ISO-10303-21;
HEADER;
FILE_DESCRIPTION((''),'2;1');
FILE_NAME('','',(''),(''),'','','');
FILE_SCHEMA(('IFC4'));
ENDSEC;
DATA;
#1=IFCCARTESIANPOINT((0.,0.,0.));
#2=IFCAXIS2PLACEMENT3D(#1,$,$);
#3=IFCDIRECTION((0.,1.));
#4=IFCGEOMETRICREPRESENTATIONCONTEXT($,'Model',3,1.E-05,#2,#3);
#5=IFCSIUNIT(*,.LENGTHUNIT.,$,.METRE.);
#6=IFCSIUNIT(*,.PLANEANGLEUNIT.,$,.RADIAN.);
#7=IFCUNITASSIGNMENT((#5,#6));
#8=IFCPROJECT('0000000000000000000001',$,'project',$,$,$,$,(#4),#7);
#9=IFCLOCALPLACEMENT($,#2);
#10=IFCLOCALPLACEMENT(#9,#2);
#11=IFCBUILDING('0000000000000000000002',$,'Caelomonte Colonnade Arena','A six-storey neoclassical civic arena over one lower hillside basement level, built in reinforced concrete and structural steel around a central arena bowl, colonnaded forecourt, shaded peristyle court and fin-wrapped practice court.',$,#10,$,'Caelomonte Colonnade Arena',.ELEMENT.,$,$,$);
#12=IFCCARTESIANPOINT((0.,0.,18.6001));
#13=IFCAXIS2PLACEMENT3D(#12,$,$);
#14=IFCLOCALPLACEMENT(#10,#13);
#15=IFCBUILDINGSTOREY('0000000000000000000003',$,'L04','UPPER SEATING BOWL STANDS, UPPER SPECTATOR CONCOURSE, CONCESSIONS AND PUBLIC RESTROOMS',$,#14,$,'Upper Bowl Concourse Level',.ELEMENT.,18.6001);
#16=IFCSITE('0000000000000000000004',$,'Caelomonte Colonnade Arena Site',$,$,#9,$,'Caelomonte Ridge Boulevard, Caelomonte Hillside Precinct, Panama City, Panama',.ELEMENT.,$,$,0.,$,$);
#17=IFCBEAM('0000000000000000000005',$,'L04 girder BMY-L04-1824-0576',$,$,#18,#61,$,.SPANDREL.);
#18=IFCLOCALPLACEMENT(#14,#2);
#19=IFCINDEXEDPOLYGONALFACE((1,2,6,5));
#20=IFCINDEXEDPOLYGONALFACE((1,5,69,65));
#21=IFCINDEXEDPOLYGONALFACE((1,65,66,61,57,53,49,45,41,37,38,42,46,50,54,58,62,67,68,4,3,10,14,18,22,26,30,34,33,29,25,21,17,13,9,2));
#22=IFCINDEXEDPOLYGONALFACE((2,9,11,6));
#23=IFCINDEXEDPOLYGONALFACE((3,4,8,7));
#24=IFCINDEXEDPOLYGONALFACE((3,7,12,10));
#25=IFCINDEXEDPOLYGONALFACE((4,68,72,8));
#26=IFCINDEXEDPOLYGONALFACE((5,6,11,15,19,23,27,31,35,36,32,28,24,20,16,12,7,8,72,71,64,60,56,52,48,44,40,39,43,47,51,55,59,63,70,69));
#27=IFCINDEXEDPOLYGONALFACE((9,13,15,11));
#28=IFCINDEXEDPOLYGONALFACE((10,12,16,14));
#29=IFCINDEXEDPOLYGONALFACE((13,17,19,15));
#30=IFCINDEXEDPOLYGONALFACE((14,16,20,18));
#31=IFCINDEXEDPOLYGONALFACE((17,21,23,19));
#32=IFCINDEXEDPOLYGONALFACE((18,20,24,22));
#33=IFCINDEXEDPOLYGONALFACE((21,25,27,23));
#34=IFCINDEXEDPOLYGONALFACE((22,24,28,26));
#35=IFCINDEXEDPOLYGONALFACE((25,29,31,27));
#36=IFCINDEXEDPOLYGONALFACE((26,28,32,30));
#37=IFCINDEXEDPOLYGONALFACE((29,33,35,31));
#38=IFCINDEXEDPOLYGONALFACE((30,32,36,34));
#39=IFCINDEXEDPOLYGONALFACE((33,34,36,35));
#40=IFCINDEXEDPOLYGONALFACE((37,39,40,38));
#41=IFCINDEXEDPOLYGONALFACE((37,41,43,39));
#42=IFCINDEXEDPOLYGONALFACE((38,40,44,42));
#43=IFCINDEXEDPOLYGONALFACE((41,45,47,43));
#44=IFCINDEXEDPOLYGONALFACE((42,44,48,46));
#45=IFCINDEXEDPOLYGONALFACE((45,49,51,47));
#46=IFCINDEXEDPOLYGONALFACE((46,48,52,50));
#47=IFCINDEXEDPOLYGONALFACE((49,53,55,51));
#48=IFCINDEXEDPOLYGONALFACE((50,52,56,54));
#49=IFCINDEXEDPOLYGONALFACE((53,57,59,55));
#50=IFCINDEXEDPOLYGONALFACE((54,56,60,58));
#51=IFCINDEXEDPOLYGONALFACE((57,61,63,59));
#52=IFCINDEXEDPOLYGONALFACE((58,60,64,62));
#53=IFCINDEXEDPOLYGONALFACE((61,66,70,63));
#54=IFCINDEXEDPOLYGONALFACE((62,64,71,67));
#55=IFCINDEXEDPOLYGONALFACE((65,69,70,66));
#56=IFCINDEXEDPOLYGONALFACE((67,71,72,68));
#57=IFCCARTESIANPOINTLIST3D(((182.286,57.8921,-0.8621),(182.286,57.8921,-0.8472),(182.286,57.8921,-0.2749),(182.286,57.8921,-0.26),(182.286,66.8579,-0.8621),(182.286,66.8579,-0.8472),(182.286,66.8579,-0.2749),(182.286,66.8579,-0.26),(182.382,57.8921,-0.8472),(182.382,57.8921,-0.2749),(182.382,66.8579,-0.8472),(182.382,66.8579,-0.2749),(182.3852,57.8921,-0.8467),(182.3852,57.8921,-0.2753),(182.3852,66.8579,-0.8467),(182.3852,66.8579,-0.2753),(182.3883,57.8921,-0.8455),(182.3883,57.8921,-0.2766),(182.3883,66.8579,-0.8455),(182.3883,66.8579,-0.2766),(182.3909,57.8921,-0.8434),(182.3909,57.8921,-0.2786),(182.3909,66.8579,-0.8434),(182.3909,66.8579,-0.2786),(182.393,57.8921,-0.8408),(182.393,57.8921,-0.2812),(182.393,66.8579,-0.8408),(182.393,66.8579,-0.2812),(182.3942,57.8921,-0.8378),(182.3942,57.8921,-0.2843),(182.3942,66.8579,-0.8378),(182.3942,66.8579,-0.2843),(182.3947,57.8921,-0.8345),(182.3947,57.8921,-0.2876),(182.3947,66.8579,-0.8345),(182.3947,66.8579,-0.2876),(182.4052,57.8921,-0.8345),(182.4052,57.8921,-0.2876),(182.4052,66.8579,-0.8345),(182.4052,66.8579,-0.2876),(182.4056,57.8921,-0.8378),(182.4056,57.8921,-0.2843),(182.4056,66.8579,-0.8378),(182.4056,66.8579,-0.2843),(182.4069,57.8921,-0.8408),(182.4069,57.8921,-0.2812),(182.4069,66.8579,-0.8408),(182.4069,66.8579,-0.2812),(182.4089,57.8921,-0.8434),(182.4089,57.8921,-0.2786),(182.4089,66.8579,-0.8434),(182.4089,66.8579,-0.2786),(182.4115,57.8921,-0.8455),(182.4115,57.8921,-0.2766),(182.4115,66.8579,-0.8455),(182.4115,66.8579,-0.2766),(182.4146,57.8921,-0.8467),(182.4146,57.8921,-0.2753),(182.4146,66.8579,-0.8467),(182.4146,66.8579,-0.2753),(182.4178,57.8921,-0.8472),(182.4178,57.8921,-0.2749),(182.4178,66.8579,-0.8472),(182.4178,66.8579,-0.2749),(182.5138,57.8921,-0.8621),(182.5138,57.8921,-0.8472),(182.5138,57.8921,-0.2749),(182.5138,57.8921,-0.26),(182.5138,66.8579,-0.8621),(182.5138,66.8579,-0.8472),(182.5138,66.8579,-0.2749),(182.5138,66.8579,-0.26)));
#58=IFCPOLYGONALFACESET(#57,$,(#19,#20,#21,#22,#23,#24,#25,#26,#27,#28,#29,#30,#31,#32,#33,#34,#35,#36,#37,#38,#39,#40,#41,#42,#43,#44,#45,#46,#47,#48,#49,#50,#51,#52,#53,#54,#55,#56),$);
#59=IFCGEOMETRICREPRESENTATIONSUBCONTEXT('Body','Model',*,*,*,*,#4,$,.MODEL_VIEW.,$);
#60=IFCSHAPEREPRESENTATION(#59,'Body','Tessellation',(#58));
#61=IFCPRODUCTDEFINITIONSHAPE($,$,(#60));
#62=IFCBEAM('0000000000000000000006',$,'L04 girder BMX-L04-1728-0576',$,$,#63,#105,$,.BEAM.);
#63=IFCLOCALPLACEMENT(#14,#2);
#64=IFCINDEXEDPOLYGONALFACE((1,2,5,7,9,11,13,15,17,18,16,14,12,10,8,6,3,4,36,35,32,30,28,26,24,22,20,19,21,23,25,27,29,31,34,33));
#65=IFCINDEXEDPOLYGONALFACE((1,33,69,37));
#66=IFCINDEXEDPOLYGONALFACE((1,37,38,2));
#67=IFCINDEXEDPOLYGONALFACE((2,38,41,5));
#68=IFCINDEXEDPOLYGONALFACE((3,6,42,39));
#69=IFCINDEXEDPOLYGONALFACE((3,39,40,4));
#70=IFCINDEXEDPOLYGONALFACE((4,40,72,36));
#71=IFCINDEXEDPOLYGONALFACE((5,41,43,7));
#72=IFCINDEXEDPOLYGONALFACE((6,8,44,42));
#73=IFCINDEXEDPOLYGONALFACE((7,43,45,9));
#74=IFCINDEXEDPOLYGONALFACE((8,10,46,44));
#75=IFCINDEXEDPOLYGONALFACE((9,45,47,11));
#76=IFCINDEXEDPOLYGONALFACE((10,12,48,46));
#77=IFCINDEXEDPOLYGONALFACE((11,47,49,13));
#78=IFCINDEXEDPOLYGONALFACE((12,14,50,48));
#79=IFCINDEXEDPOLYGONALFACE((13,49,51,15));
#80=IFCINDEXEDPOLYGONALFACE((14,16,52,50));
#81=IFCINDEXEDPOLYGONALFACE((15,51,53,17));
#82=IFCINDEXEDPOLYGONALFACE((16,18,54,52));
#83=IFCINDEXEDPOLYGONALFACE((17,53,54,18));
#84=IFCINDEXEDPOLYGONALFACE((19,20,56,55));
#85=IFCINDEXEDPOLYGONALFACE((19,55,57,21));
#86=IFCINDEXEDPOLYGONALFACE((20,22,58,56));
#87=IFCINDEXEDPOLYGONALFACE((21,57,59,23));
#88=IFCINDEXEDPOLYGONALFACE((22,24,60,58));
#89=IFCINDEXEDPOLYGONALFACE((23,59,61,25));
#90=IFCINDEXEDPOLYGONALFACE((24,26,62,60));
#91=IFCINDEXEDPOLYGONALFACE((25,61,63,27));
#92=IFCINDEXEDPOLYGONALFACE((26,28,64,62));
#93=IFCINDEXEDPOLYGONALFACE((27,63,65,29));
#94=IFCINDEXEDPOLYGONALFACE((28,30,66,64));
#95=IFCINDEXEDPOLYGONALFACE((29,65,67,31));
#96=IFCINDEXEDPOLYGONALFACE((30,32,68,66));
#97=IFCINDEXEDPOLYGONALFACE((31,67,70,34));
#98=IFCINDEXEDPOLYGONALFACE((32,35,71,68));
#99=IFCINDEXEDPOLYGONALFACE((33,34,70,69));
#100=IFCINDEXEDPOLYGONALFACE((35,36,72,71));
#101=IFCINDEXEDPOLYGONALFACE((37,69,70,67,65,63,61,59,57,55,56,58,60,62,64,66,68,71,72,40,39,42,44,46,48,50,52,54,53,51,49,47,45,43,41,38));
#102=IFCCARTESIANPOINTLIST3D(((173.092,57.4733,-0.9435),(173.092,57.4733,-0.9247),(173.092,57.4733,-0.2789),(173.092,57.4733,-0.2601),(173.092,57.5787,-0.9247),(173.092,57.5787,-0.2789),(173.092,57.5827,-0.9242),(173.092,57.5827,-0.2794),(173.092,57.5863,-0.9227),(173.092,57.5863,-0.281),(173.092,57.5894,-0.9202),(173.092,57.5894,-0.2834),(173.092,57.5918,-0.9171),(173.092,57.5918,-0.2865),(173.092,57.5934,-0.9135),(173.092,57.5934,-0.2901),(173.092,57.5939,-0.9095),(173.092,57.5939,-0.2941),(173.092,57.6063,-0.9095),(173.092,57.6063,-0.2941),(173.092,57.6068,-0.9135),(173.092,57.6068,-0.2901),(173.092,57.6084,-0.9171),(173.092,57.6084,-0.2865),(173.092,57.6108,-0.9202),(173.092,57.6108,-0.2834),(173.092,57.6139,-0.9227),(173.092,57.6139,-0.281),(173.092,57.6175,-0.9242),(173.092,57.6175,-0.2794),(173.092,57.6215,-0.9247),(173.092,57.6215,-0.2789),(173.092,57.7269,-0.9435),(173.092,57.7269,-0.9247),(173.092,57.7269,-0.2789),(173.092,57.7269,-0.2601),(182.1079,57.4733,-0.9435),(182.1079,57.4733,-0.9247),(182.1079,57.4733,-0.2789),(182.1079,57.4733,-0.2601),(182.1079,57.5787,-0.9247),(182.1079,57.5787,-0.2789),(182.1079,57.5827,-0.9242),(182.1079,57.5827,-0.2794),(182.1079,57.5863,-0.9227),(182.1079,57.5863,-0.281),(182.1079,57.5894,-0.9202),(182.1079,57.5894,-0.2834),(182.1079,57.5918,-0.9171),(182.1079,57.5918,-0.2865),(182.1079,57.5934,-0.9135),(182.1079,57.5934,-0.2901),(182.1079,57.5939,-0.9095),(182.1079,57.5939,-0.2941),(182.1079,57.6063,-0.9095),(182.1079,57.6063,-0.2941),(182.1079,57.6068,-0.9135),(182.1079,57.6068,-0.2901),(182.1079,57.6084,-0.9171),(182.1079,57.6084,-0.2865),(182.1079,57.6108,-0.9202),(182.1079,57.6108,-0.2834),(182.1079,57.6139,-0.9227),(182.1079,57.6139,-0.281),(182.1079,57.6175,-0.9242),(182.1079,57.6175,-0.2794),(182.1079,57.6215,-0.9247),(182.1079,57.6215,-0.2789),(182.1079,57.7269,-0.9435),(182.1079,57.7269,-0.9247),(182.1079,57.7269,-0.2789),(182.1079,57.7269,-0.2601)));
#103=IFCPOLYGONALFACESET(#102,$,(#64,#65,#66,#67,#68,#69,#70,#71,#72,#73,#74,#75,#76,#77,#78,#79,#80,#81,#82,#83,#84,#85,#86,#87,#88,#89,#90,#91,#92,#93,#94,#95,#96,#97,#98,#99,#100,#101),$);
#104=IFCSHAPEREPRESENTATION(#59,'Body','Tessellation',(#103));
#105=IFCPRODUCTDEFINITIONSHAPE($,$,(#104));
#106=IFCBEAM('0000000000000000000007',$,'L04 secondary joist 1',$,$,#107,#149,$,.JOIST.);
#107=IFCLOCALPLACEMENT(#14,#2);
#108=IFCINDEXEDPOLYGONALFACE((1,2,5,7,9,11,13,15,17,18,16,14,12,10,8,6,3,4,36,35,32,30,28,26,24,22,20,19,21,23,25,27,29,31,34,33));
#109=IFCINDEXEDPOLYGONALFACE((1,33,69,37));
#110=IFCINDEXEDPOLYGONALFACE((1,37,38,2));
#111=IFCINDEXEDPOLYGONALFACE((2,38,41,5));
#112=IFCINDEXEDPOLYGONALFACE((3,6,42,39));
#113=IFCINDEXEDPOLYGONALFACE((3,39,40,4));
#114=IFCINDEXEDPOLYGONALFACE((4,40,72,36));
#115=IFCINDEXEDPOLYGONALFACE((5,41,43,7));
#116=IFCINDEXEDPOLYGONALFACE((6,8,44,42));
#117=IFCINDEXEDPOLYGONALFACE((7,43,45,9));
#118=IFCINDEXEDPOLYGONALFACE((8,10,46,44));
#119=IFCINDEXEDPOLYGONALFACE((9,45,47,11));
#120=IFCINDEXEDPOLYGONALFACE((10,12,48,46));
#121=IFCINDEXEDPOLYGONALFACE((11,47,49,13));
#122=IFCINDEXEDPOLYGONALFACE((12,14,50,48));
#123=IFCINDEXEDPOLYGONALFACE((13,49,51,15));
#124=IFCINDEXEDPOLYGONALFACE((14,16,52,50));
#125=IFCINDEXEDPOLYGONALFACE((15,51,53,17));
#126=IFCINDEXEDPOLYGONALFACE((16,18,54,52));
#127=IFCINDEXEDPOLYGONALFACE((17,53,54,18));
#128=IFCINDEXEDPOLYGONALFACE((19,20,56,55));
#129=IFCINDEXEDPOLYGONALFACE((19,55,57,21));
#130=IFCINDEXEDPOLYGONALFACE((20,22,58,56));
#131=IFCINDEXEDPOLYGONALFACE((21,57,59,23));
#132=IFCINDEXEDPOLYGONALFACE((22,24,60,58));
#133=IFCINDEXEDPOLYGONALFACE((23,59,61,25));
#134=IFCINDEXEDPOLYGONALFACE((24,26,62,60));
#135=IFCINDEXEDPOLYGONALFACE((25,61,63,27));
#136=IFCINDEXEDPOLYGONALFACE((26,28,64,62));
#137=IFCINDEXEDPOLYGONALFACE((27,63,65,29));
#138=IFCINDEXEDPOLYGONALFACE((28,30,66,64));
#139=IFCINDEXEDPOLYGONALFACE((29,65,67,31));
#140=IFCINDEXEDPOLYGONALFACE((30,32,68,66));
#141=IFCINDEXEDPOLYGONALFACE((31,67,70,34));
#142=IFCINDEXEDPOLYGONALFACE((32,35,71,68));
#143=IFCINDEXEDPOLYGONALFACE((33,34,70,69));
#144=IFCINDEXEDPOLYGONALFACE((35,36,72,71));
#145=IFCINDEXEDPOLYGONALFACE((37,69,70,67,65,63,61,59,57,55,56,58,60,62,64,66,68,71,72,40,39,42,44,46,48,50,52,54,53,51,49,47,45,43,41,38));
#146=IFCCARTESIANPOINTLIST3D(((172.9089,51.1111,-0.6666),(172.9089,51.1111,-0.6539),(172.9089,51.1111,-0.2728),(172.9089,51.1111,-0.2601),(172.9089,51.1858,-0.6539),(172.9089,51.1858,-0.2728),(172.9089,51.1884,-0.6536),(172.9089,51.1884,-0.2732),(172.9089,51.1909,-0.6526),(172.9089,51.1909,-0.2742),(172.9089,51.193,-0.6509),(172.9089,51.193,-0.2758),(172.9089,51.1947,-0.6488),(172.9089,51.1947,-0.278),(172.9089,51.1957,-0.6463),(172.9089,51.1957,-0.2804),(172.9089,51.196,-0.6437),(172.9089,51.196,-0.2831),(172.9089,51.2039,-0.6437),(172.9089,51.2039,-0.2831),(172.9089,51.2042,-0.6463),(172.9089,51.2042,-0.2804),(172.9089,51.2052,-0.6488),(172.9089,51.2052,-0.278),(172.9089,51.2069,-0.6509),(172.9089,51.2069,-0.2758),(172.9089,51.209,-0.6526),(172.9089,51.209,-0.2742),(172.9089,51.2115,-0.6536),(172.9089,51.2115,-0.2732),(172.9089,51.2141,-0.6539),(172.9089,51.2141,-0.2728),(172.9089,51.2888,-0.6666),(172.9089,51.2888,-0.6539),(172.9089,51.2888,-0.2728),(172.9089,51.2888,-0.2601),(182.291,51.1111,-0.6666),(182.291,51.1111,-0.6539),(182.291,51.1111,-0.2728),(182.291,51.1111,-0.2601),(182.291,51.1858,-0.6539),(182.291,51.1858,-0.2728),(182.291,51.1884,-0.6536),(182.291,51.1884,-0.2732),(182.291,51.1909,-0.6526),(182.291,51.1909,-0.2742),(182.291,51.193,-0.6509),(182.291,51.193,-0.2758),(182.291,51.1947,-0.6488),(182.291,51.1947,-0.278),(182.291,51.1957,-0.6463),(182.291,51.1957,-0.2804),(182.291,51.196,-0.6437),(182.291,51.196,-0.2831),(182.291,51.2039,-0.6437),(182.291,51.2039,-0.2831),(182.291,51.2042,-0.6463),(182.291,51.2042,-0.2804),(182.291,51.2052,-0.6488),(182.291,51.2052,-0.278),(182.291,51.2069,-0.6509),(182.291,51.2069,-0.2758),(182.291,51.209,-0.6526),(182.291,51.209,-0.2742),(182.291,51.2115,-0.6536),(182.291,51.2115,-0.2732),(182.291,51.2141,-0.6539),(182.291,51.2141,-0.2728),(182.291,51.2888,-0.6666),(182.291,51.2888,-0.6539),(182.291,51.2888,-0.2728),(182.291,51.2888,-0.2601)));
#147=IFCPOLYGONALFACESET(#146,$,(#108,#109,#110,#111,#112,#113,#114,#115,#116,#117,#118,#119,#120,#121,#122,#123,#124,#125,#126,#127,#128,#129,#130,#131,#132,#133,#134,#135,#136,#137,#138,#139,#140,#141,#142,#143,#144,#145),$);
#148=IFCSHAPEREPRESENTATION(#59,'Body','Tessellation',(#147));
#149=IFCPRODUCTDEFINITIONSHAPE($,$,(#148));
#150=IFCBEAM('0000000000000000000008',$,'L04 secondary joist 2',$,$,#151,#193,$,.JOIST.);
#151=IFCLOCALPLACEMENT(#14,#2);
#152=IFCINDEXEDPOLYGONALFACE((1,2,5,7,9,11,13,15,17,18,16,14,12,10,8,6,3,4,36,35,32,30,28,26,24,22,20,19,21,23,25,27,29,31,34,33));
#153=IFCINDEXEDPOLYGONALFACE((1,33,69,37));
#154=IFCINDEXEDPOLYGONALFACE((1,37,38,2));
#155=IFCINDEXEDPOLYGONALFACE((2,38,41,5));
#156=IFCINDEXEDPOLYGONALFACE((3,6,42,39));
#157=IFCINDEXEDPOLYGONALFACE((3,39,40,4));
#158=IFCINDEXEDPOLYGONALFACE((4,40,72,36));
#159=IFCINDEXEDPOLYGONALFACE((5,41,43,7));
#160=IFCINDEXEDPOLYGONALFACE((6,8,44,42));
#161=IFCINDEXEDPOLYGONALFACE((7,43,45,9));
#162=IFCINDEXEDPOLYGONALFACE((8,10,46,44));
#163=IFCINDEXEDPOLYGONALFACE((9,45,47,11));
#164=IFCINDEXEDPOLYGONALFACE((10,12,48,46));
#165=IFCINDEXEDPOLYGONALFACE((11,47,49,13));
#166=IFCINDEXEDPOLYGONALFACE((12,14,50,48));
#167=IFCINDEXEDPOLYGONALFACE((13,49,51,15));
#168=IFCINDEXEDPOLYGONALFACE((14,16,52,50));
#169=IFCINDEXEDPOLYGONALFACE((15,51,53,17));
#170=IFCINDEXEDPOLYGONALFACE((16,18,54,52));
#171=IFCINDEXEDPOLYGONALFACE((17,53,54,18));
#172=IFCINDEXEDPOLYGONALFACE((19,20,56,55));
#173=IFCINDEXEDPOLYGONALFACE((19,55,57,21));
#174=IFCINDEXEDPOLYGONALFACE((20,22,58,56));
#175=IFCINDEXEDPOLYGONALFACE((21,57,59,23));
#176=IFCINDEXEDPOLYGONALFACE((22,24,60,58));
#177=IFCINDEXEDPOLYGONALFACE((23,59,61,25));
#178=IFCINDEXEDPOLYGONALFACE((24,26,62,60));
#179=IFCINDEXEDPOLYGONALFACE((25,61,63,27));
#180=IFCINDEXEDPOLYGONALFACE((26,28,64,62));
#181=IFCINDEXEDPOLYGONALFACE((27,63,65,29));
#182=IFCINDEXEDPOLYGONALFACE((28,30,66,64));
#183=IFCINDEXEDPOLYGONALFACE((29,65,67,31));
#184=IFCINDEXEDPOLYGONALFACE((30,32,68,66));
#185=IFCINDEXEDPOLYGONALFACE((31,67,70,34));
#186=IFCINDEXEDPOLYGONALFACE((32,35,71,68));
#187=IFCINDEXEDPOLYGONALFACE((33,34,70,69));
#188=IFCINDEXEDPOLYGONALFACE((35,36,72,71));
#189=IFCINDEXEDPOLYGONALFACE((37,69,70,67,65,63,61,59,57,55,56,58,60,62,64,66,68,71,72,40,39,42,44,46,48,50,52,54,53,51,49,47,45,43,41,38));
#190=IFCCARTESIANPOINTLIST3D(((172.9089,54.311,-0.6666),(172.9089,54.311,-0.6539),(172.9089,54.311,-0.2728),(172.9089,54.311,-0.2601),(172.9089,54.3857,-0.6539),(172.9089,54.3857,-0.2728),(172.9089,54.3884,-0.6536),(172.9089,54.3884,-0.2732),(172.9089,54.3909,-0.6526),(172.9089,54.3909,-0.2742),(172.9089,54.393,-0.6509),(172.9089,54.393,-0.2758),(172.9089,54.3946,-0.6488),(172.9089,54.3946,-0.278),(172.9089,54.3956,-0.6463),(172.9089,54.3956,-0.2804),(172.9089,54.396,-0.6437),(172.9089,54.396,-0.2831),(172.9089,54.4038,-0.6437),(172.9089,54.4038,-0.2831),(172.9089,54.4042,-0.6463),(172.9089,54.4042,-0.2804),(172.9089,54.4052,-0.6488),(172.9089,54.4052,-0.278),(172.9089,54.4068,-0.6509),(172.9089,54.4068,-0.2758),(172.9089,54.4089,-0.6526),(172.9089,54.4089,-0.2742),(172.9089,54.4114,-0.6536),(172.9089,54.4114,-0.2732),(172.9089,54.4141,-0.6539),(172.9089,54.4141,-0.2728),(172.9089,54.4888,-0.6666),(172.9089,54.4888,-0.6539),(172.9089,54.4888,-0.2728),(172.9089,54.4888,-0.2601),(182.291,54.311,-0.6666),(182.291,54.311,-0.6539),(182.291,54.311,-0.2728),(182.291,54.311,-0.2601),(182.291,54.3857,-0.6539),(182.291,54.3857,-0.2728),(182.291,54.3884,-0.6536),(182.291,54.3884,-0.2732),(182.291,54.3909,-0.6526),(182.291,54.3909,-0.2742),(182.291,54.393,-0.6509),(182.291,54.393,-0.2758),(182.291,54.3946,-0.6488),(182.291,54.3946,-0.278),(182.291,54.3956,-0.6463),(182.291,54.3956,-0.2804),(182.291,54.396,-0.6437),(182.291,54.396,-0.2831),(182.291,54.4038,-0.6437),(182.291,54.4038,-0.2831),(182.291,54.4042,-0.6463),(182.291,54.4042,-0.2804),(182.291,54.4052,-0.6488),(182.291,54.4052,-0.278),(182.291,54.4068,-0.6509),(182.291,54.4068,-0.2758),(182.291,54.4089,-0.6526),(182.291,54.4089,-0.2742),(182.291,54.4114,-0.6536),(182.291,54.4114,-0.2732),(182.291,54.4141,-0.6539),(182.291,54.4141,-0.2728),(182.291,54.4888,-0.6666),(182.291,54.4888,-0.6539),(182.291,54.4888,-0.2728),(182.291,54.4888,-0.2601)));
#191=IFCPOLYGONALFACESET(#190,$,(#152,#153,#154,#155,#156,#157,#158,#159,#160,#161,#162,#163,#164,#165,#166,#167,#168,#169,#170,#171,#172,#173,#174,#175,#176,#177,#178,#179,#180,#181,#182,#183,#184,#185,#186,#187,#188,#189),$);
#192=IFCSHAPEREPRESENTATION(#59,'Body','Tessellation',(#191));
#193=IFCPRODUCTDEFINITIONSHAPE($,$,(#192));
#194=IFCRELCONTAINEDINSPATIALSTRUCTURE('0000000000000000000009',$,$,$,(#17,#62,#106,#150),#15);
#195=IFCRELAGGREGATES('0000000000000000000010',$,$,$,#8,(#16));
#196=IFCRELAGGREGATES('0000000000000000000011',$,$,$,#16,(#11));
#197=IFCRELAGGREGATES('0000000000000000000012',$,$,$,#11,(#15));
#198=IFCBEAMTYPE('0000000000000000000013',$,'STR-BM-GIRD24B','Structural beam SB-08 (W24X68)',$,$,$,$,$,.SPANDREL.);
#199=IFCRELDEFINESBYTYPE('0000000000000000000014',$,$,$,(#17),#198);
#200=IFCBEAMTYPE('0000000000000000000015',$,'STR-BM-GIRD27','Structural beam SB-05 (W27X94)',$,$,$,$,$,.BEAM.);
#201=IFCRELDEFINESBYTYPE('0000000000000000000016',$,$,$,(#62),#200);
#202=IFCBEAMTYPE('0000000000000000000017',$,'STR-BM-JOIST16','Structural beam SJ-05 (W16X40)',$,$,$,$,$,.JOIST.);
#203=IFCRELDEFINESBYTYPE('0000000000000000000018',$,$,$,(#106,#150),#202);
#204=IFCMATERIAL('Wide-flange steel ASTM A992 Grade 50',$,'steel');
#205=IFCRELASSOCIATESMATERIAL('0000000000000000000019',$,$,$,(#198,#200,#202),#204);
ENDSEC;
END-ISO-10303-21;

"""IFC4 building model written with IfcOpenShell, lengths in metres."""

from ifc_helpers import new_model, si_unit, direction, frame, origin, origin_2d, place, context, subcontext, project, spatial, i_section, extrude, material, material_profile, profile_set, type_object, element, save


model = new_model("IFC4")

# Units and contexts
model_context = context("Model", 3, precision=1e-05, world=origin(), true_north=direction((0.0, 1.0)))
body_context = subcontext(model_context, "Body", "Model", "MODEL_VIEW")
ifc_project = project(units=[si_unit("LENGTHUNIT", "METRE"), si_unit("PLANEANGLEUNIT", "RADIAN")], contexts=[model_context])

# Site, building, storey
site_placement = place(None, origin())
site = spatial("IfcSite", under=ifc_project, at=site_placement, Name="Caelomonte Colonnade Arena Site", LongName="Caelomonte Ridge Boulevard, Caelomonte Hillside Precinct, Panama City, Panama", CompositionType="ELEMENT", RefElevation=0.0)
building_placement = place(site_placement, origin())
building = spatial("IfcBuilding", under=site, at=building_placement, Name="Caelomonte Colonnade Arena", Description="A six-storey neoclassical civic arena over one lower hillside basement level, built in reinforced concrete and structural steel around a central arena bowl, colonnaded forecourt, shaded peristyle court and fin-wrapped practice court.", LongName="Caelomonte Colonnade Arena", CompositionType="ELEMENT")
storey_placement = place(building_placement, frame((0.0, 0.0, 18.6001)))
storey = spatial("IfcBuildingStorey", under=building, at=storey_placement, Name="L04", Description="UPPER SEATING BOWL STANDS, UPPER SPECTATOR CONCOURSE, CONCESSIONS AND PUBLIC RESTROOMS", LongName="Upper Bowl Concourse Level", CompositionType="ELEMENT", Elevation=18.6001)

# Beams
ifc_material_1 = material(Name="Wide-flange steel ASTM A992 Grade 50", Category="steel")
ifc_material_profile_1 = material_profile(ifc_material_1, i_section(OverallWidth=0.2278, OverallDepth=0.6021, WebThickness=0.0105, FlangeThickness=0.0149, FilletRadius=0.0127, at=origin_2d()), Name="W24X68")
ifc_profile_set_1 = profile_set([ifc_material_profile_1], Name="Wide-flange steel ASTM A992 Grade 50")
beam_type_1 = type_object("IfcBeamType", Name="STR-BM-GIRD24B", Description="Structural beam SB-08 (W24X68)", PredefinedType="SPANDREL", material=ifc_profile_set_1)
for number, where, z_axis, x_axis, name in (
    (1, (182.3999, 57.8921, -0.561), (0.0, 1.0, 0.0), (-1.0, 0.0, 0.0), "L04 girder BMY-L04-1824-0576"),
):
    element("IfcBeam", number, at=place(storey_placement, frame(where, z_axis=z_axis, x_axis=x_axis)), inside=storey, type_object=beam_type_1, Name=name, PredefinedType="SPANDREL", context=body_context, shape_type="SweptSolid", body=[
        extrude(i_section(OverallWidth=0.2278, OverallDepth=0.6021, WebThickness=0.0105, FlangeThickness=0.0149, FilletRadius=0.0127, at=origin_2d()), origin(), (0.0, 0.0, 1.0), 8.9658),
    ])
ifc_material_profile_2 = material_profile(ifc_material_1, i_section(OverallWidth=0.2537, OverallDepth=0.6833, WebThickness=0.0125, FlangeThickness=0.0188, FilletRadius=0.0151, at=origin_2d()), Name="W27X94")
ifc_profile_set_2 = profile_set([ifc_material_profile_2], Name="Wide-flange steel ASTM A992 Grade 50")
beam_type_2 = type_object("IfcBeamType", Name="STR-BM-GIRD27", Description="Structural beam SB-05 (W27X94)", PredefinedType="BEAM", material=ifc_profile_set_2)
beam_placement = place(storey_placement, frame((173.092, 57.6001, -0.6018), z_axis=(1.0, 0.0, 0.0), x_axis=(0.0, 1.0, 0.0)))
element("IfcBeam", 2, at=beam_placement, inside=storey, type_object=beam_type_2, Name="L04 girder BMX-L04-1728-0576", PredefinedType="BEAM", context=body_context, shape_type="SweptSolid", body=[
    extrude(i_section(OverallWidth=0.2537, OverallDepth=0.6833, WebThickness=0.0125, FlangeThickness=0.0188, FilletRadius=0.0151, at=origin_2d()), origin(), (0.0, 0.0, 1.0), 9.0159),
])
ifc_material_profile_3 = material_profile(ifc_material_1, i_section(OverallWidth=0.1777, OverallDepth=0.4065, WebThickness=0.0078, FlangeThickness=0.0127, FilletRadius=0.0103, at=origin_2d()), Name="W16X40")
ifc_profile_set_3 = profile_set([ifc_material_profile_3], Name="Wide-flange steel ASTM A992 Grade 50")
beam_type_3 = type_object("IfcBeamType", Name="STR-BM-JOIST16", Description="Structural beam SJ-05 (W16X40)", PredefinedType="JOIST", material=ifc_profile_set_3)
for number, where, z_axis, x_axis, name in (
    (3, (172.9089, 51.2, -0.4634), (1.0, 0.0, 0.0), (0.0, 1.0, 0.0), "L04 secondary joist 1"),
    (4, (172.9089, 54.3999, -0.4634), (1.0, 0.0, 0.0), (0.0, 1.0, 0.0), "L04 secondary joist 2"),
):
    element("IfcBeam", number, at=place(storey_placement, frame(where, z_axis=z_axis, x_axis=x_axis)), inside=storey, type_object=beam_type_3, Name=name, PredefinedType="JOIST", context=body_context, shape_type="SweptSolid", body=[
        extrude(i_section(OverallWidth=0.1777, OverallDepth=0.4065, WebThickness=0.0078, FlangeThickness=0.0127, FilletRadius=0.0103, at=origin_2d()), origin(), (0.0, 0.0, 1.0), 9.3821),
    ])

save(model, "model.ifc")
